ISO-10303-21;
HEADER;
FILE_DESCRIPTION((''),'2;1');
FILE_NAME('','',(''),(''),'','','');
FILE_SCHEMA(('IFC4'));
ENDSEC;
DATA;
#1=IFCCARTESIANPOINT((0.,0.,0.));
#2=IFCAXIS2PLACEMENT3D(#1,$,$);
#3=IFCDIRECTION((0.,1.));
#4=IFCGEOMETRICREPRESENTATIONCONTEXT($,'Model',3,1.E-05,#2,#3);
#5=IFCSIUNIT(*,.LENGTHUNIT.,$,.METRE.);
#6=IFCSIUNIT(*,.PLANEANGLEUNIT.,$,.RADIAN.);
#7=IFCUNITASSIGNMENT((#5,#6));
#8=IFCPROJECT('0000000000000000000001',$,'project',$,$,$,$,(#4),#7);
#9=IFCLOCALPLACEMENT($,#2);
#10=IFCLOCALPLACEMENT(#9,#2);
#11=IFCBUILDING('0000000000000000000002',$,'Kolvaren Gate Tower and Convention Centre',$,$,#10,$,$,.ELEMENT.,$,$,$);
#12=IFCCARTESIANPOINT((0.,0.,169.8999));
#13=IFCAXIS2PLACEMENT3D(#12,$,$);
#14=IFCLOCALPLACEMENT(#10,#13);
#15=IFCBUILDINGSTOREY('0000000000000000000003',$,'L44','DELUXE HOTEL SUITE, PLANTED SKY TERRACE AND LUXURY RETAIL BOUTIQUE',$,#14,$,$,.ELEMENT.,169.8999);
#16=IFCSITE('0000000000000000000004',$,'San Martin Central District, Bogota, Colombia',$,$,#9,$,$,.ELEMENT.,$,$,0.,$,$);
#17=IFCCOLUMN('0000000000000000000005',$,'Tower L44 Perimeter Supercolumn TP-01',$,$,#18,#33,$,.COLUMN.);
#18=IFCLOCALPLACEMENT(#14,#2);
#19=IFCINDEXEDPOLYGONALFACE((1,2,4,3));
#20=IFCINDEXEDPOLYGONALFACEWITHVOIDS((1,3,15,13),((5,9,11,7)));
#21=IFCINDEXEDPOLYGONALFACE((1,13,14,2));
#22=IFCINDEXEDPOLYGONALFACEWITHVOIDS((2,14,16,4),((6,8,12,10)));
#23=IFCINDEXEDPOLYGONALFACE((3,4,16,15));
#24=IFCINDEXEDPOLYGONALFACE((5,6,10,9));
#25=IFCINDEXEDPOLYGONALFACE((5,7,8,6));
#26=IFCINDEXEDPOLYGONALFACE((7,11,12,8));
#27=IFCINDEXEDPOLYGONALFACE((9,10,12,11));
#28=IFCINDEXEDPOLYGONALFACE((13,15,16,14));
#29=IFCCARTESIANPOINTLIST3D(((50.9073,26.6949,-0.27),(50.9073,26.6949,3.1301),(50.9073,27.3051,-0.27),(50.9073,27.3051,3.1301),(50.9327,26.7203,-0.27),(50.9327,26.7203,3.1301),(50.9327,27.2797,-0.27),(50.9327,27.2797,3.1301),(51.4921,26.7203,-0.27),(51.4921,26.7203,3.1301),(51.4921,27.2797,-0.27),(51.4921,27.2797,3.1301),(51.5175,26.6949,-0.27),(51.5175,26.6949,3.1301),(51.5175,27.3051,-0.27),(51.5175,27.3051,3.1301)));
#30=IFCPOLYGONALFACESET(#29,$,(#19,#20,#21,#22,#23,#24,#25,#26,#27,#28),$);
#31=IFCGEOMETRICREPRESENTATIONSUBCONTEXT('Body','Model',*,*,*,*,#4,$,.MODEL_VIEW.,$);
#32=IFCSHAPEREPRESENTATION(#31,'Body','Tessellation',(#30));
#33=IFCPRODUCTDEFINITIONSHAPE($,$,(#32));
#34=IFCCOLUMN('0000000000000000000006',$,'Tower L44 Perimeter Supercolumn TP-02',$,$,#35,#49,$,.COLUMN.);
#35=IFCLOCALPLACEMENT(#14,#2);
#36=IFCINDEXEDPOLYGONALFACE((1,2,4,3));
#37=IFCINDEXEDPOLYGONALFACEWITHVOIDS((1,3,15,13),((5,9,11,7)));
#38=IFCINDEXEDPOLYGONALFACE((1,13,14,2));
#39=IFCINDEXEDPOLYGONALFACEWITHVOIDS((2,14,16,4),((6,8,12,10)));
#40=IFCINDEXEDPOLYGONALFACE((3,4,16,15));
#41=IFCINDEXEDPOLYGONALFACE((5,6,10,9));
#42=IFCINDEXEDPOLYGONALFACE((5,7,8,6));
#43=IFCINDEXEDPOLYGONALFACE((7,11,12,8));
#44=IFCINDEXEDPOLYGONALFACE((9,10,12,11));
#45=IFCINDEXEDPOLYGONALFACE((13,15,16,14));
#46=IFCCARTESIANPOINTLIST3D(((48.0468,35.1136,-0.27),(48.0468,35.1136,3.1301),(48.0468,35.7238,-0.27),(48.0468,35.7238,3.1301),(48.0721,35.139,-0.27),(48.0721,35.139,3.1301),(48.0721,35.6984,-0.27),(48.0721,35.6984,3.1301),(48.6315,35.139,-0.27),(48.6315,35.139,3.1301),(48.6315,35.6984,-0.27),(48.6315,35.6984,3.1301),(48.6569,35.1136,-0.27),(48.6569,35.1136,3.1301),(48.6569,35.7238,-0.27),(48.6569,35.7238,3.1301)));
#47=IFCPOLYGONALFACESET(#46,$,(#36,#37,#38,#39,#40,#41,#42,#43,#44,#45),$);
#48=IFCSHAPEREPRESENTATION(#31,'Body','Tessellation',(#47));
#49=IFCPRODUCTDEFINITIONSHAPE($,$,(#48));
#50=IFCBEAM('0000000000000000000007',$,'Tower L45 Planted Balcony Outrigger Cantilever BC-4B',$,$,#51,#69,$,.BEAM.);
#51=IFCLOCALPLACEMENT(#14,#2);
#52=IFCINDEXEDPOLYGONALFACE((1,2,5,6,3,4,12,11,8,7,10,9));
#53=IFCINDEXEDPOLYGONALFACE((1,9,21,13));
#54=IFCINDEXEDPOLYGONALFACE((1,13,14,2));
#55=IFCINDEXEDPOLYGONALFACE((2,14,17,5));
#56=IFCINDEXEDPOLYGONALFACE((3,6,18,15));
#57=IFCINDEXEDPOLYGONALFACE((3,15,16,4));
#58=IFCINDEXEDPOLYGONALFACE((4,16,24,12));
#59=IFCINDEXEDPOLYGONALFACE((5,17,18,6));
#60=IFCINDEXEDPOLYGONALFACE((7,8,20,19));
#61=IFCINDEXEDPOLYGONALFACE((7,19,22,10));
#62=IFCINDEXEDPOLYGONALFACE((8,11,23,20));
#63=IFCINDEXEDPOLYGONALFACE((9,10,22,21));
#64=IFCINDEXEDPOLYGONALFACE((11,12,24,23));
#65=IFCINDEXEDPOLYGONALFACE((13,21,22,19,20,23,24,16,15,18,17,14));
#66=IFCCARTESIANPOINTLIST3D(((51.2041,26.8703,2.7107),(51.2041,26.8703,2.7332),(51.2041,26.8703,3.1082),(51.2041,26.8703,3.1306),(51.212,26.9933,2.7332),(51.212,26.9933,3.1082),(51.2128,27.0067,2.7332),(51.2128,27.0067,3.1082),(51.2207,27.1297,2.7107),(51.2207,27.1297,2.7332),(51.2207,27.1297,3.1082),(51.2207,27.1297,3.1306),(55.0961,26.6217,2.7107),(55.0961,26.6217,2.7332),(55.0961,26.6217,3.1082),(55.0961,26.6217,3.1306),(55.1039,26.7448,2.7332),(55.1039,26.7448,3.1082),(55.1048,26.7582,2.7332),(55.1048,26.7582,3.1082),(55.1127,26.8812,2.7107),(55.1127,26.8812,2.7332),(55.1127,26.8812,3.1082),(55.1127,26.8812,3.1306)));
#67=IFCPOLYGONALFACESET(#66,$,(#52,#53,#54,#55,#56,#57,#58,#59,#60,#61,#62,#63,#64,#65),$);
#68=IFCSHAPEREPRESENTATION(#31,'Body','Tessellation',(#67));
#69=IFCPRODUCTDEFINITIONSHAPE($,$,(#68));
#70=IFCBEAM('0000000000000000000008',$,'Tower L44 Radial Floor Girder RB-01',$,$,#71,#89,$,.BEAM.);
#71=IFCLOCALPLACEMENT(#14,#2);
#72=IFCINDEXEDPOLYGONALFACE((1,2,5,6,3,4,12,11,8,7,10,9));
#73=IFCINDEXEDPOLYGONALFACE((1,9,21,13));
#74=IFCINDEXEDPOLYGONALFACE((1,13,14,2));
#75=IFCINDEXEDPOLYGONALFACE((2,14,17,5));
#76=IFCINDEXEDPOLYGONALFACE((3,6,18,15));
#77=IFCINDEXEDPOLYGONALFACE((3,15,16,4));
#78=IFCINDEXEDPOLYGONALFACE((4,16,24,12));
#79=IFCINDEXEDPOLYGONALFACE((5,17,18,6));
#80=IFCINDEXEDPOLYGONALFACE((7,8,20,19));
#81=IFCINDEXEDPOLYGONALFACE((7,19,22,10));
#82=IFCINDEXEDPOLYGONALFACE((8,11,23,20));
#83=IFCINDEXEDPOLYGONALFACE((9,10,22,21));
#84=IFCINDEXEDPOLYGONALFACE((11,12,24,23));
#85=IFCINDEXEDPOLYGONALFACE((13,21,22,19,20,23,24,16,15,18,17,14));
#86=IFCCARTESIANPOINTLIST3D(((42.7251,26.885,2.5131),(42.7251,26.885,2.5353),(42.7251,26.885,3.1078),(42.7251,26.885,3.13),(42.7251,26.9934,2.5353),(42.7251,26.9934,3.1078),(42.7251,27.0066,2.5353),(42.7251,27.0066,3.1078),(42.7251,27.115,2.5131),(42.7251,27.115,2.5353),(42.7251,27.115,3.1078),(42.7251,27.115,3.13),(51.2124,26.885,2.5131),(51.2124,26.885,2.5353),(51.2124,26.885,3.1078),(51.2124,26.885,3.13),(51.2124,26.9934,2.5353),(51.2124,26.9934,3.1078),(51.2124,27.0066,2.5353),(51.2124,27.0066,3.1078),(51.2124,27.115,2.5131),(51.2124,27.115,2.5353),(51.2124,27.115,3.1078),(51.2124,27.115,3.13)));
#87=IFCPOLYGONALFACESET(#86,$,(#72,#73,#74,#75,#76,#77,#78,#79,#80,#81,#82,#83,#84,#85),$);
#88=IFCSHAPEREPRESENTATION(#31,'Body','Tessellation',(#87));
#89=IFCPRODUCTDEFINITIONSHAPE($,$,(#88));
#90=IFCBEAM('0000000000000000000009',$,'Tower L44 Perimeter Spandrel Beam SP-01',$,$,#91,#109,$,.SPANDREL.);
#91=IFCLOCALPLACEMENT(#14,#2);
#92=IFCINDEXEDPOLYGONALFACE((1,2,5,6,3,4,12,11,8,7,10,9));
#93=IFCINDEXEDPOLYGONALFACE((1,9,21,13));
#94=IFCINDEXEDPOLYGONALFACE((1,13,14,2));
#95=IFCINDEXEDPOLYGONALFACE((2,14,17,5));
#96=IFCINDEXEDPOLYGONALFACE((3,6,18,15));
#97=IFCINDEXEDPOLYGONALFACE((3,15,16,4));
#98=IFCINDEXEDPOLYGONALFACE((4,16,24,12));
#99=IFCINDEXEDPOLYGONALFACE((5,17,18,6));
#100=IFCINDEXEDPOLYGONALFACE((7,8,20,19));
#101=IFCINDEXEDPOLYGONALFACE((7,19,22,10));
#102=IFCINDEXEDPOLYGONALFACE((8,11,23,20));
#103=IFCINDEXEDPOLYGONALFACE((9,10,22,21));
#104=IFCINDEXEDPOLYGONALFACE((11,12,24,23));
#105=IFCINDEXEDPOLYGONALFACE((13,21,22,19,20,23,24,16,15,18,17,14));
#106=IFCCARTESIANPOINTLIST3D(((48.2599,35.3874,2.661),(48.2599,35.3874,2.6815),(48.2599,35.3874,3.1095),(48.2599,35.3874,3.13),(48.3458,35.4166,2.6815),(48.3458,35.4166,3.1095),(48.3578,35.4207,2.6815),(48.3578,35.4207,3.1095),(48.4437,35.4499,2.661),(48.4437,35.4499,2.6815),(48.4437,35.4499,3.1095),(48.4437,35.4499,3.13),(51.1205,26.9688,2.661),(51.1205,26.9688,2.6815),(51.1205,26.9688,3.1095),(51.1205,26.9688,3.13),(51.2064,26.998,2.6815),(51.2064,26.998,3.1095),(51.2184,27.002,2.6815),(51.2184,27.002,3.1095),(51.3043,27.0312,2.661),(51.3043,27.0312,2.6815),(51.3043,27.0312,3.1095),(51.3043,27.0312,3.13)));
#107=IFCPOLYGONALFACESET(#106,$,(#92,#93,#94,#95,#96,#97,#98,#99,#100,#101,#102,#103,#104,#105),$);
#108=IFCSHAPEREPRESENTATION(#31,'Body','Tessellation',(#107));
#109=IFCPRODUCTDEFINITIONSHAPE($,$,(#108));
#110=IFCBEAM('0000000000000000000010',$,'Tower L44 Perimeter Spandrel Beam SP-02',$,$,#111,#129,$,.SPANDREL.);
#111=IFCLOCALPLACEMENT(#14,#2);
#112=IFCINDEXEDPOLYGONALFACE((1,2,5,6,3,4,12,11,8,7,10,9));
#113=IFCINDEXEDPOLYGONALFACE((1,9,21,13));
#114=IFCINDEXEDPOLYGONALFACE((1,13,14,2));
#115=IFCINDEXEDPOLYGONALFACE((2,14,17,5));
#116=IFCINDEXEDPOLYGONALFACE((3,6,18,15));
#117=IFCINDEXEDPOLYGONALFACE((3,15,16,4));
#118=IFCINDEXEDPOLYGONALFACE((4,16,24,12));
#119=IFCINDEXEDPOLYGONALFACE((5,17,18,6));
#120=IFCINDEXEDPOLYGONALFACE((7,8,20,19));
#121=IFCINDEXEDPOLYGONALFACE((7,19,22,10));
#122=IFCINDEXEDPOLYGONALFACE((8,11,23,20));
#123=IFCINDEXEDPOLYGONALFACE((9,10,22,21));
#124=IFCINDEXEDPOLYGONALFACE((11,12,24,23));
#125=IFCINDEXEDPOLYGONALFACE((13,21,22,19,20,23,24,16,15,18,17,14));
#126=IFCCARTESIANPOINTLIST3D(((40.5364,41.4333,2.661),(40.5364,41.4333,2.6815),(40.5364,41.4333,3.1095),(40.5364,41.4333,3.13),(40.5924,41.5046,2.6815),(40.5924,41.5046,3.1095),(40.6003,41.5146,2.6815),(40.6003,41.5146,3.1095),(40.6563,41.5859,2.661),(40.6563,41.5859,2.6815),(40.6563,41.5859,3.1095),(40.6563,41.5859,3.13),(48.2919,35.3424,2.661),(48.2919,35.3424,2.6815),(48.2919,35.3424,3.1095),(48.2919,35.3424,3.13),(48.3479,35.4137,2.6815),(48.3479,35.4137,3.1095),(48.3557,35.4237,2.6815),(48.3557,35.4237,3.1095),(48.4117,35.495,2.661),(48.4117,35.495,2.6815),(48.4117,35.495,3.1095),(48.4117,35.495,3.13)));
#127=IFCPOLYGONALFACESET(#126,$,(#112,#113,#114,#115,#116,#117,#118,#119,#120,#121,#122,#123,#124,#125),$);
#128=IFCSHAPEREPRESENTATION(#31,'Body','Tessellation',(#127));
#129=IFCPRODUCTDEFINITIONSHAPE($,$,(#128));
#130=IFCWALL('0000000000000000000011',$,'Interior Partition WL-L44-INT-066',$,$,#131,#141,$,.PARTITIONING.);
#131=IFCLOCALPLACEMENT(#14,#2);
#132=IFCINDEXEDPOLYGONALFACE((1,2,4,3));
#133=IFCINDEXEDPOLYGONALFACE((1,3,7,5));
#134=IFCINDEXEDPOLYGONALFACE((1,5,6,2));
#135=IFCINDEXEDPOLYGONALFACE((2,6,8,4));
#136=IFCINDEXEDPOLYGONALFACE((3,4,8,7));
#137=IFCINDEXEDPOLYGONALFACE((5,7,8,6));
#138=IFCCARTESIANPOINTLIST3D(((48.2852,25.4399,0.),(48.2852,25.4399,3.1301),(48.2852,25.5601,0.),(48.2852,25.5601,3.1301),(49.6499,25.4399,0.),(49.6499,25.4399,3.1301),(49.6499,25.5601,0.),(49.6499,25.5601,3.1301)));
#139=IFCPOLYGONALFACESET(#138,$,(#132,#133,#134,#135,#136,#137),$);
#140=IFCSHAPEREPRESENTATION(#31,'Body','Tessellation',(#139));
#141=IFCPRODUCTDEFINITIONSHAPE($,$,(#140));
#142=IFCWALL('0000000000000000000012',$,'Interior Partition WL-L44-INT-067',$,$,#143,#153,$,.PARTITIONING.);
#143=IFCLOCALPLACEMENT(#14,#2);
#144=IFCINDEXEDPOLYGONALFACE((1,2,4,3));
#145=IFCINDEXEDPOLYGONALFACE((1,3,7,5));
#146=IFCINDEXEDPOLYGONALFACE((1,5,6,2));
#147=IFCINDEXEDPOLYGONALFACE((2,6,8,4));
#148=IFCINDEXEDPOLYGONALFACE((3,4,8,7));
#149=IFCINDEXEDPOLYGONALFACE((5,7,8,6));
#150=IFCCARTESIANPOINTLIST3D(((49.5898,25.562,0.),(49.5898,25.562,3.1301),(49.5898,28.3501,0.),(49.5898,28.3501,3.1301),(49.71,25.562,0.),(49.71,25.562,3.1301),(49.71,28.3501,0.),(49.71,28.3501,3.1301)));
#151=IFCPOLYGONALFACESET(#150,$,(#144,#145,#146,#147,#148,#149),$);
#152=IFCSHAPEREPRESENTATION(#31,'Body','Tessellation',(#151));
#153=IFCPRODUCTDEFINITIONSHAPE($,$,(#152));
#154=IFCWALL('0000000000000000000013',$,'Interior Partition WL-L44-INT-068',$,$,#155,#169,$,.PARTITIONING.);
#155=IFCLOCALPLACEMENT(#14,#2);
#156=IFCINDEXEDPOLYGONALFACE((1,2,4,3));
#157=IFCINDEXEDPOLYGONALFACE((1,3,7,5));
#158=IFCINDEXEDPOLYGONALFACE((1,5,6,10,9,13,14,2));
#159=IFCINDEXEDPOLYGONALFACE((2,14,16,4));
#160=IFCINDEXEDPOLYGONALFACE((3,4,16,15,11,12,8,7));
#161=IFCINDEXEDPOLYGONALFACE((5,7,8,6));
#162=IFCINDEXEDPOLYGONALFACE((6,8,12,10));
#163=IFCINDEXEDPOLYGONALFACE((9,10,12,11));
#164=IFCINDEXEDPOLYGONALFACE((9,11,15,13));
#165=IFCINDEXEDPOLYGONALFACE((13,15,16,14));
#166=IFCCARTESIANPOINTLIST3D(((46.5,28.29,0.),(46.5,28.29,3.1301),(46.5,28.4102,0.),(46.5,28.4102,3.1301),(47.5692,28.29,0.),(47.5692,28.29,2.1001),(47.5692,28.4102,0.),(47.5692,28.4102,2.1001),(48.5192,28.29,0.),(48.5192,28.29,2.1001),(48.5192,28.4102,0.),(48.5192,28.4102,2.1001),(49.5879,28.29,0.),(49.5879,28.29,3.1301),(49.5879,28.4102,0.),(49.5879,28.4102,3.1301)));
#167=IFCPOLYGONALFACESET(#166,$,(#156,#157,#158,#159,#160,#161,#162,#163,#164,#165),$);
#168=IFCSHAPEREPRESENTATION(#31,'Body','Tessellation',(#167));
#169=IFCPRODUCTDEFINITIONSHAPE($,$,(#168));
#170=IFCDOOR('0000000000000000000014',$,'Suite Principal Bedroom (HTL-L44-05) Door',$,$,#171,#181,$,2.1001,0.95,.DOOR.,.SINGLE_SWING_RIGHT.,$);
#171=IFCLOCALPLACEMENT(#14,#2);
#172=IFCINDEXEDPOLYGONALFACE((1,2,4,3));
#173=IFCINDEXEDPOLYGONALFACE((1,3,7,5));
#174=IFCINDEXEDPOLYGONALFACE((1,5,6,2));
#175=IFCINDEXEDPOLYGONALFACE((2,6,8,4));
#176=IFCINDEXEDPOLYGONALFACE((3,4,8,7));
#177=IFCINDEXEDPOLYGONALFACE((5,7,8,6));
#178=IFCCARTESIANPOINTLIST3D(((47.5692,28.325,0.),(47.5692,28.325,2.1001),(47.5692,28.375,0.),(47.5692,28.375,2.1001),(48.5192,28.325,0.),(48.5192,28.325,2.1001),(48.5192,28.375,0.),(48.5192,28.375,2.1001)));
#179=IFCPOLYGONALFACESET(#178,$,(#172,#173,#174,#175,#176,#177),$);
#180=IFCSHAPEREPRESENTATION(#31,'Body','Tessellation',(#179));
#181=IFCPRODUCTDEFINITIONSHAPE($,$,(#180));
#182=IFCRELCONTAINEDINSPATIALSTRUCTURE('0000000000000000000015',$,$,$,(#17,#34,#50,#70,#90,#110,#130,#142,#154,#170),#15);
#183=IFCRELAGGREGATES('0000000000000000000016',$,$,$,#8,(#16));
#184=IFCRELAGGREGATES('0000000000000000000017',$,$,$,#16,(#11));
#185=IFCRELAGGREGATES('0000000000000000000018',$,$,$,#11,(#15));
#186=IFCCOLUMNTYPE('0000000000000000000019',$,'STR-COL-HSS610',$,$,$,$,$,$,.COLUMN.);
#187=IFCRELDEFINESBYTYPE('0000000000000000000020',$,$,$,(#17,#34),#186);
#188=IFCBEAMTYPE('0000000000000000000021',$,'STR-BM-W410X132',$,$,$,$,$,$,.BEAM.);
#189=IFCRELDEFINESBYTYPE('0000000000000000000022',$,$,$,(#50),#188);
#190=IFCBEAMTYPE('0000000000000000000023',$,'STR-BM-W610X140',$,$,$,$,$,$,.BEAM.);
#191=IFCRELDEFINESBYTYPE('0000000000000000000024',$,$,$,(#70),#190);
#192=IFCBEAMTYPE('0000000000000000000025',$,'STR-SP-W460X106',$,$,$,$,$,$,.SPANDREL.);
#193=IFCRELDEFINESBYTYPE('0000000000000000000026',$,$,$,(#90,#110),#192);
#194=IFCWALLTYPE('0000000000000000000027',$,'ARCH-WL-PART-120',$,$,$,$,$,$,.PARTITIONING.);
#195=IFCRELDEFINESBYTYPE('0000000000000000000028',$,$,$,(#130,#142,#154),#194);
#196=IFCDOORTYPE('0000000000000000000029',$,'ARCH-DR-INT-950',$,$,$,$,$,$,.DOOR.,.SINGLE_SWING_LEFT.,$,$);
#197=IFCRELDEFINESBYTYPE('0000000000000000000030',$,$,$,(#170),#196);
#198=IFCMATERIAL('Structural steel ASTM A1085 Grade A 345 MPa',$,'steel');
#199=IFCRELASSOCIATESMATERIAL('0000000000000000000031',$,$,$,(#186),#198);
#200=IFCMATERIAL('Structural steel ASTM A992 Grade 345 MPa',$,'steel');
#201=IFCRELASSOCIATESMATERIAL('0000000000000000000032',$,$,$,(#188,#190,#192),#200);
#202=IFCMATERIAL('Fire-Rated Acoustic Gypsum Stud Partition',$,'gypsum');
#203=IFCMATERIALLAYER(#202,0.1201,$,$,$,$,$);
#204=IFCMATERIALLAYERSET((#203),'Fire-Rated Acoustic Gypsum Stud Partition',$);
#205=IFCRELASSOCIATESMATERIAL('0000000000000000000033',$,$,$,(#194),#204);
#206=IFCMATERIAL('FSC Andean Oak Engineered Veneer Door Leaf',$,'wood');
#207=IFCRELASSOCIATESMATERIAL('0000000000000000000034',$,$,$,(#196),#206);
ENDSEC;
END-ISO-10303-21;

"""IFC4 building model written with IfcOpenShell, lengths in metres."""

from ifc_helpers import new_model, si_unit, direction, frame, frame_2d, origin, origin_2d, place, context, subcontext, project, spatial, rectangle, hollow_rectangle, i_section, extrude, material, layer, layer_set, material_profile, profile_set, type_object, element, fill, save


model = new_model("IFC4")

# Units and contexts
model_context = context("Model", 3, precision=1e-05, world=origin(), true_north=direction((0.0, 1.0)))
body_context = subcontext(model_context, "Body", "Model", "MODEL_VIEW")
ifc_project = project(units=[si_unit("LENGTHUNIT", "METRE"), si_unit("PLANEANGLEUNIT", "RADIAN")], contexts=[model_context])

# Site, building, storey
site_placement = place(None, origin())
site = spatial("IfcSite", under=ifc_project, at=site_placement, Name="San Martin Central District, Bogota, Colombia", CompositionType="ELEMENT", RefElevation=0.0)
building_placement = place(site_placement, origin())
building = spatial("IfcBuilding", under=site, at=building_placement, Name="Kolvaren Gate Tower and Convention Centre", CompositionType="ELEMENT")
storey_placement = place(building_placement, frame((0.0, 0.0, 169.8999)))
storey = spatial("IfcBuildingStorey", under=building, at=storey_placement, Name="L44", Description="DELUXE HOTEL SUITE, PLANTED SKY TERRACE AND LUXURY RETAIL BOUTIQUE", CompositionType="ELEMENT", Elevation=169.8999)

# Columns
ifc_material_1 = material(Name="Structural steel ASTM A1085 Grade A 345 MPa", Category="steel")
ifc_material_profile_1 = material_profile(ifc_material_1, hollow_rectangle(XDim=0.6101, YDim=0.6101, WallThickness=0.0254, at=origin_2d()), Name="HSS610X610X25.4")
ifc_profile_set_1 = profile_set([ifc_material_profile_1], Name="Structural steel ASTM A1085 Grade A 345 MPa")
column_type = type_object("IfcColumnType", Name="STR-COL-HSS610", PredefinedType="COLUMN", material=ifc_profile_set_1)
for number, where, z_axis, x_axis, name in (
    (1, (51.2124, 27.0, -0.27), (0.0, 0.0, 1.0), (1.0, 0.0, 0.0), "Tower L44 Perimeter Supercolumn TP-01"),
    (2, (48.3518, 35.4187, -0.27), (0.0, 0.0, 1.0), (1.0, 0.0, 0.0), "Tower L44 Perimeter Supercolumn TP-02"),
):
    element("IfcColumn", number, at=place(storey_placement, frame(where, z_axis=z_axis, x_axis=x_axis)), inside=storey, type_object=column_type, Name=name, PredefinedType="COLUMN", context=body_context, shape_type="SweptSolid", body=[
        extrude(hollow_rectangle(XDim=0.6101, YDim=0.6101, WallThickness=0.0254, at=origin_2d()), origin(), (0.0, 0.0, 1.0), 3.4001),
    ])

# Beams
ifc_material_2 = material(Name="Structural steel ASTM A992 Grade 345 MPa", Category="steel")
ifc_material_profile_2 = material_profile(ifc_material_2, i_section(OverallWidth=0.26, OverallDepth=0.4199, WebThickness=0.0134, FlangeThickness=0.0225, at=origin_2d()), Name="W410X132")
ifc_profile_set_2 = profile_set([ifc_material_profile_2], Name="Structural steel ASTM A992 Grade 345 MPa")
beam_type_1 = type_object("IfcBeamType", Name="STR-BM-W410X132", PredefinedType="BEAM", material=ifc_profile_set_2)
beam_1_placement = place(storey_placement, frame((51.2124, 27.0, 2.9207), z_axis=(0.997967, -0.063727, 0.0), x_axis=(0.063727, 0.997967, 0.0)))
element("IfcBeam", 3, at=beam_1_placement, inside=storey, type_object=beam_type_1, Name="Tower L45 Planted Balcony Outrigger Cantilever BC-4B", PredefinedType="BEAM", context=body_context, shape_type="SweptSolid", body=[
    extrude(i_section(OverallWidth=0.26, OverallDepth=0.4199, WebThickness=0.0134, FlangeThickness=0.0225, at=origin_2d()), origin(), (0.0, 0.0, 1.0), 3.8999),
])
ifc_material_profile_3 = material_profile(ifc_material_2, i_section(OverallWidth=0.23, OverallDepth=0.6169, WebThickness=0.0132, FlangeThickness=0.0222, at=origin_2d()), Name="W610X140")
ifc_profile_set_3 = profile_set([ifc_material_profile_3], Name="Structural steel ASTM A992 Grade 345 MPa")
beam_type_2 = type_object("IfcBeamType", Name="STR-BM-W610X140", PredefinedType="BEAM", material=ifc_profile_set_3)
beam_2_placement = place(storey_placement, frame((42.7251, 27.0, 2.8215), z_axis=(1.0, 0.0, 0.0), x_axis=(0.0, 1.0, 0.0)))
element("IfcBeam", 4, at=beam_2_placement, inside=storey, type_object=beam_type_2, Name="Tower L44 Radial Floor Girder RB-01", PredefinedType="BEAM", context=body_context, shape_type="SweptSolid", body=[
    extrude(i_section(OverallWidth=0.23, OverallDepth=0.6169, WebThickness=0.0132, FlangeThickness=0.0222, at=origin_2d()), origin(), (0.0, 0.0, 1.0), 8.4873),
])
ifc_material_profile_4 = material_profile(ifc_material_2, i_section(OverallWidth=0.1941, OverallDepth=0.469, WebThickness=0.0127, FlangeThickness=0.0205, at=origin_2d()), Name="W460X106")
ifc_profile_set_4 = profile_set([ifc_material_profile_4], Name="Structural steel ASTM A992 Grade 345 MPa")
beam_type_3 = type_object("IfcBeamType", Name="STR-SP-W460X106", PredefinedType="SPANDREL", material=ifc_profile_set_4)
beam_3_placement = place(storey_placement, frame((51.2124, 27.0, 2.8955), z_axis=(-0.321725, 0.946833, 0.0), x_axis=(-0.946833, -0.321725, 0.0)))
element("IfcBeam", 5, at=beam_3_placement, inside=storey, type_object=beam_type_3, Name="Tower L44 Perimeter Spandrel Beam SP-01", PredefinedType="SPANDREL", context=body_context, shape_type="SweptSolid", body=[
    extrude(i_section(OverallWidth=0.1941, OverallDepth=0.469, WebThickness=0.0127, FlangeThickness=0.0205, at=origin_2d()), origin(), (0.0, 0.0, 1.0), 8.8914),
])
beam_4_placement = place(storey_placement, frame((48.3518, 35.4187, 2.8955), z_axis=(-0.786451, 0.617653, 0.0), x_axis=(-0.617653, -0.786451, 0.0)))
element("IfcBeam", 6, at=beam_4_placement, inside=storey, type_object=beam_type_3, Name="Tower L44 Perimeter Spandrel Beam SP-02", PredefinedType="SPANDREL", context=body_context, shape_type="SweptSolid", body=[
    extrude(i_section(OverallWidth=0.1941, OverallDepth=0.469, WebThickness=0.0127, FlangeThickness=0.0205, at=origin_2d()), origin(), (0.0, 0.0, 1.0), 9.8613),
])

# Walls
ifc_material_3 = material(Name="Fire-Rated Acoustic Gypsum Stud Partition", Category="gypsum")
ifc_layer_1 = layer(ifc_material_3, 0.1201)
ifc_layer_set_1 = layer_set([ifc_layer_1], Name="Fire-Rated Acoustic Gypsum Stud Partition")
wall_type_1 = type_object("IfcWallType", Name="ARCH-WL-PART-120", PredefinedType="PARTITIONING", material=ifc_layer_set_1)
wall_1_placement = place(storey_placement, frame((48.2852, 25.5, 0.0), z_axis=(0.0, 0.0, 1.0), x_axis=(1.0, 0.0, 0.0)))
element("IfcWall", 7, at=wall_1_placement, inside=storey, type_object=wall_type_1, Name="Interior Partition WL-L44-INT-066", PredefinedType="PARTITIONING", context=body_context, shape_type="SweptSolid", body=[
    extrude(rectangle(XDim=1.3647, YDim=0.1201, at=frame_2d((0.6824, 0.0))), origin(), (0.0, 0.0, 1.0), 3.1301),
])
wall_2_placement = place(storey_placement, frame((49.6499, 25.562, 0.0), z_axis=(0.0, 0.0, 1.0), x_axis=(0.0, 1.0, 0.0)))
element("IfcWall", 8, at=wall_2_placement, inside=storey, type_object=wall_type_1, Name="Interior Partition WL-L44-INT-067", PredefinedType="PARTITIONING", context=body_context, shape_type="SweptSolid", body=[
    extrude(rectangle(XDim=2.7881, YDim=0.1201, at=frame_2d((1.394, 0.0))), origin(), (0.0, 0.0, 1.0), 3.1301),
])

# Wall, opening, door
wall_3_placement = place(storey_placement, frame((46.5, 28.3501, 0.0), z_axis=(0.0, 0.0, 1.0), x_axis=(1.0, 0.0, 0.0)))
wall_3 = element("IfcWall", 9, at=wall_3_placement, inside=storey, type_object=wall_type_1, Name="Interior Partition WL-L44-INT-068", PredefinedType="PARTITIONING", context=body_context, shape_type="SweptSolid", body=[
    extrude(rectangle(XDim=3.0879, YDim=0.1201, at=frame_2d((1.5439, 0.0))), origin(), (0.0, 0.0, 1.0), 3.1301),
])
opening_1_placement = place(wall_3_placement, frame((1.0691, 0.0, 0.0)))
opening_1 = element("IfcOpeningElement", 10, at=opening_1_placement, cuts=wall_3, PredefinedType="OPENING", context=body_context, shape_type="SweptSolid", body=[
    extrude(rectangle(XDim=0.95, YDim=2.1001, at=frame_2d((0.4751, 1.05))), frame((0.0, 0.0701, 0.0), z_axis=(0.0, -1.0, 0.0), x_axis=(1.0, 0.0, 0.0)), (0.0, 0.0, 1.0), 0.1401),
])
ifc_material_4 = material(Name="FSC Andean Oak Engineered Veneer Door Leaf", Category="wood")
door_type_1 = type_object("IfcDoorType", Name="ARCH-DR-INT-950", OperationType="SINGLE_SWING_LEFT", PredefinedType="DOOR", material=ifc_material_4)
door_1_placement = place(opening_1_placement, origin())
door_1 = element("IfcDoor", 11, at=door_1_placement, inside=storey, type_object=door_type_1, Name="Suite Principal Bedroom (HTL-L44-05) Door", OperationType="SINGLE_SWING_RIGHT", OverallHeight=2.1001, OverallWidth=0.95, PredefinedType="DOOR", context=body_context, shape_type="SweptSolid", body=[
    extrude(rectangle(XDim=0.95, YDim=2.1001, at=frame_2d((0.4751, 1.05))), frame((0.0, 0.0249, 0.0), z_axis=(0.0, -1.0, 0.0), x_axis=(1.0, 0.0, 0.0)), (0.0, 0.0, 1.0), 0.05),
])
fill(opening_1, door_1)

save(model, "model.ifc")
